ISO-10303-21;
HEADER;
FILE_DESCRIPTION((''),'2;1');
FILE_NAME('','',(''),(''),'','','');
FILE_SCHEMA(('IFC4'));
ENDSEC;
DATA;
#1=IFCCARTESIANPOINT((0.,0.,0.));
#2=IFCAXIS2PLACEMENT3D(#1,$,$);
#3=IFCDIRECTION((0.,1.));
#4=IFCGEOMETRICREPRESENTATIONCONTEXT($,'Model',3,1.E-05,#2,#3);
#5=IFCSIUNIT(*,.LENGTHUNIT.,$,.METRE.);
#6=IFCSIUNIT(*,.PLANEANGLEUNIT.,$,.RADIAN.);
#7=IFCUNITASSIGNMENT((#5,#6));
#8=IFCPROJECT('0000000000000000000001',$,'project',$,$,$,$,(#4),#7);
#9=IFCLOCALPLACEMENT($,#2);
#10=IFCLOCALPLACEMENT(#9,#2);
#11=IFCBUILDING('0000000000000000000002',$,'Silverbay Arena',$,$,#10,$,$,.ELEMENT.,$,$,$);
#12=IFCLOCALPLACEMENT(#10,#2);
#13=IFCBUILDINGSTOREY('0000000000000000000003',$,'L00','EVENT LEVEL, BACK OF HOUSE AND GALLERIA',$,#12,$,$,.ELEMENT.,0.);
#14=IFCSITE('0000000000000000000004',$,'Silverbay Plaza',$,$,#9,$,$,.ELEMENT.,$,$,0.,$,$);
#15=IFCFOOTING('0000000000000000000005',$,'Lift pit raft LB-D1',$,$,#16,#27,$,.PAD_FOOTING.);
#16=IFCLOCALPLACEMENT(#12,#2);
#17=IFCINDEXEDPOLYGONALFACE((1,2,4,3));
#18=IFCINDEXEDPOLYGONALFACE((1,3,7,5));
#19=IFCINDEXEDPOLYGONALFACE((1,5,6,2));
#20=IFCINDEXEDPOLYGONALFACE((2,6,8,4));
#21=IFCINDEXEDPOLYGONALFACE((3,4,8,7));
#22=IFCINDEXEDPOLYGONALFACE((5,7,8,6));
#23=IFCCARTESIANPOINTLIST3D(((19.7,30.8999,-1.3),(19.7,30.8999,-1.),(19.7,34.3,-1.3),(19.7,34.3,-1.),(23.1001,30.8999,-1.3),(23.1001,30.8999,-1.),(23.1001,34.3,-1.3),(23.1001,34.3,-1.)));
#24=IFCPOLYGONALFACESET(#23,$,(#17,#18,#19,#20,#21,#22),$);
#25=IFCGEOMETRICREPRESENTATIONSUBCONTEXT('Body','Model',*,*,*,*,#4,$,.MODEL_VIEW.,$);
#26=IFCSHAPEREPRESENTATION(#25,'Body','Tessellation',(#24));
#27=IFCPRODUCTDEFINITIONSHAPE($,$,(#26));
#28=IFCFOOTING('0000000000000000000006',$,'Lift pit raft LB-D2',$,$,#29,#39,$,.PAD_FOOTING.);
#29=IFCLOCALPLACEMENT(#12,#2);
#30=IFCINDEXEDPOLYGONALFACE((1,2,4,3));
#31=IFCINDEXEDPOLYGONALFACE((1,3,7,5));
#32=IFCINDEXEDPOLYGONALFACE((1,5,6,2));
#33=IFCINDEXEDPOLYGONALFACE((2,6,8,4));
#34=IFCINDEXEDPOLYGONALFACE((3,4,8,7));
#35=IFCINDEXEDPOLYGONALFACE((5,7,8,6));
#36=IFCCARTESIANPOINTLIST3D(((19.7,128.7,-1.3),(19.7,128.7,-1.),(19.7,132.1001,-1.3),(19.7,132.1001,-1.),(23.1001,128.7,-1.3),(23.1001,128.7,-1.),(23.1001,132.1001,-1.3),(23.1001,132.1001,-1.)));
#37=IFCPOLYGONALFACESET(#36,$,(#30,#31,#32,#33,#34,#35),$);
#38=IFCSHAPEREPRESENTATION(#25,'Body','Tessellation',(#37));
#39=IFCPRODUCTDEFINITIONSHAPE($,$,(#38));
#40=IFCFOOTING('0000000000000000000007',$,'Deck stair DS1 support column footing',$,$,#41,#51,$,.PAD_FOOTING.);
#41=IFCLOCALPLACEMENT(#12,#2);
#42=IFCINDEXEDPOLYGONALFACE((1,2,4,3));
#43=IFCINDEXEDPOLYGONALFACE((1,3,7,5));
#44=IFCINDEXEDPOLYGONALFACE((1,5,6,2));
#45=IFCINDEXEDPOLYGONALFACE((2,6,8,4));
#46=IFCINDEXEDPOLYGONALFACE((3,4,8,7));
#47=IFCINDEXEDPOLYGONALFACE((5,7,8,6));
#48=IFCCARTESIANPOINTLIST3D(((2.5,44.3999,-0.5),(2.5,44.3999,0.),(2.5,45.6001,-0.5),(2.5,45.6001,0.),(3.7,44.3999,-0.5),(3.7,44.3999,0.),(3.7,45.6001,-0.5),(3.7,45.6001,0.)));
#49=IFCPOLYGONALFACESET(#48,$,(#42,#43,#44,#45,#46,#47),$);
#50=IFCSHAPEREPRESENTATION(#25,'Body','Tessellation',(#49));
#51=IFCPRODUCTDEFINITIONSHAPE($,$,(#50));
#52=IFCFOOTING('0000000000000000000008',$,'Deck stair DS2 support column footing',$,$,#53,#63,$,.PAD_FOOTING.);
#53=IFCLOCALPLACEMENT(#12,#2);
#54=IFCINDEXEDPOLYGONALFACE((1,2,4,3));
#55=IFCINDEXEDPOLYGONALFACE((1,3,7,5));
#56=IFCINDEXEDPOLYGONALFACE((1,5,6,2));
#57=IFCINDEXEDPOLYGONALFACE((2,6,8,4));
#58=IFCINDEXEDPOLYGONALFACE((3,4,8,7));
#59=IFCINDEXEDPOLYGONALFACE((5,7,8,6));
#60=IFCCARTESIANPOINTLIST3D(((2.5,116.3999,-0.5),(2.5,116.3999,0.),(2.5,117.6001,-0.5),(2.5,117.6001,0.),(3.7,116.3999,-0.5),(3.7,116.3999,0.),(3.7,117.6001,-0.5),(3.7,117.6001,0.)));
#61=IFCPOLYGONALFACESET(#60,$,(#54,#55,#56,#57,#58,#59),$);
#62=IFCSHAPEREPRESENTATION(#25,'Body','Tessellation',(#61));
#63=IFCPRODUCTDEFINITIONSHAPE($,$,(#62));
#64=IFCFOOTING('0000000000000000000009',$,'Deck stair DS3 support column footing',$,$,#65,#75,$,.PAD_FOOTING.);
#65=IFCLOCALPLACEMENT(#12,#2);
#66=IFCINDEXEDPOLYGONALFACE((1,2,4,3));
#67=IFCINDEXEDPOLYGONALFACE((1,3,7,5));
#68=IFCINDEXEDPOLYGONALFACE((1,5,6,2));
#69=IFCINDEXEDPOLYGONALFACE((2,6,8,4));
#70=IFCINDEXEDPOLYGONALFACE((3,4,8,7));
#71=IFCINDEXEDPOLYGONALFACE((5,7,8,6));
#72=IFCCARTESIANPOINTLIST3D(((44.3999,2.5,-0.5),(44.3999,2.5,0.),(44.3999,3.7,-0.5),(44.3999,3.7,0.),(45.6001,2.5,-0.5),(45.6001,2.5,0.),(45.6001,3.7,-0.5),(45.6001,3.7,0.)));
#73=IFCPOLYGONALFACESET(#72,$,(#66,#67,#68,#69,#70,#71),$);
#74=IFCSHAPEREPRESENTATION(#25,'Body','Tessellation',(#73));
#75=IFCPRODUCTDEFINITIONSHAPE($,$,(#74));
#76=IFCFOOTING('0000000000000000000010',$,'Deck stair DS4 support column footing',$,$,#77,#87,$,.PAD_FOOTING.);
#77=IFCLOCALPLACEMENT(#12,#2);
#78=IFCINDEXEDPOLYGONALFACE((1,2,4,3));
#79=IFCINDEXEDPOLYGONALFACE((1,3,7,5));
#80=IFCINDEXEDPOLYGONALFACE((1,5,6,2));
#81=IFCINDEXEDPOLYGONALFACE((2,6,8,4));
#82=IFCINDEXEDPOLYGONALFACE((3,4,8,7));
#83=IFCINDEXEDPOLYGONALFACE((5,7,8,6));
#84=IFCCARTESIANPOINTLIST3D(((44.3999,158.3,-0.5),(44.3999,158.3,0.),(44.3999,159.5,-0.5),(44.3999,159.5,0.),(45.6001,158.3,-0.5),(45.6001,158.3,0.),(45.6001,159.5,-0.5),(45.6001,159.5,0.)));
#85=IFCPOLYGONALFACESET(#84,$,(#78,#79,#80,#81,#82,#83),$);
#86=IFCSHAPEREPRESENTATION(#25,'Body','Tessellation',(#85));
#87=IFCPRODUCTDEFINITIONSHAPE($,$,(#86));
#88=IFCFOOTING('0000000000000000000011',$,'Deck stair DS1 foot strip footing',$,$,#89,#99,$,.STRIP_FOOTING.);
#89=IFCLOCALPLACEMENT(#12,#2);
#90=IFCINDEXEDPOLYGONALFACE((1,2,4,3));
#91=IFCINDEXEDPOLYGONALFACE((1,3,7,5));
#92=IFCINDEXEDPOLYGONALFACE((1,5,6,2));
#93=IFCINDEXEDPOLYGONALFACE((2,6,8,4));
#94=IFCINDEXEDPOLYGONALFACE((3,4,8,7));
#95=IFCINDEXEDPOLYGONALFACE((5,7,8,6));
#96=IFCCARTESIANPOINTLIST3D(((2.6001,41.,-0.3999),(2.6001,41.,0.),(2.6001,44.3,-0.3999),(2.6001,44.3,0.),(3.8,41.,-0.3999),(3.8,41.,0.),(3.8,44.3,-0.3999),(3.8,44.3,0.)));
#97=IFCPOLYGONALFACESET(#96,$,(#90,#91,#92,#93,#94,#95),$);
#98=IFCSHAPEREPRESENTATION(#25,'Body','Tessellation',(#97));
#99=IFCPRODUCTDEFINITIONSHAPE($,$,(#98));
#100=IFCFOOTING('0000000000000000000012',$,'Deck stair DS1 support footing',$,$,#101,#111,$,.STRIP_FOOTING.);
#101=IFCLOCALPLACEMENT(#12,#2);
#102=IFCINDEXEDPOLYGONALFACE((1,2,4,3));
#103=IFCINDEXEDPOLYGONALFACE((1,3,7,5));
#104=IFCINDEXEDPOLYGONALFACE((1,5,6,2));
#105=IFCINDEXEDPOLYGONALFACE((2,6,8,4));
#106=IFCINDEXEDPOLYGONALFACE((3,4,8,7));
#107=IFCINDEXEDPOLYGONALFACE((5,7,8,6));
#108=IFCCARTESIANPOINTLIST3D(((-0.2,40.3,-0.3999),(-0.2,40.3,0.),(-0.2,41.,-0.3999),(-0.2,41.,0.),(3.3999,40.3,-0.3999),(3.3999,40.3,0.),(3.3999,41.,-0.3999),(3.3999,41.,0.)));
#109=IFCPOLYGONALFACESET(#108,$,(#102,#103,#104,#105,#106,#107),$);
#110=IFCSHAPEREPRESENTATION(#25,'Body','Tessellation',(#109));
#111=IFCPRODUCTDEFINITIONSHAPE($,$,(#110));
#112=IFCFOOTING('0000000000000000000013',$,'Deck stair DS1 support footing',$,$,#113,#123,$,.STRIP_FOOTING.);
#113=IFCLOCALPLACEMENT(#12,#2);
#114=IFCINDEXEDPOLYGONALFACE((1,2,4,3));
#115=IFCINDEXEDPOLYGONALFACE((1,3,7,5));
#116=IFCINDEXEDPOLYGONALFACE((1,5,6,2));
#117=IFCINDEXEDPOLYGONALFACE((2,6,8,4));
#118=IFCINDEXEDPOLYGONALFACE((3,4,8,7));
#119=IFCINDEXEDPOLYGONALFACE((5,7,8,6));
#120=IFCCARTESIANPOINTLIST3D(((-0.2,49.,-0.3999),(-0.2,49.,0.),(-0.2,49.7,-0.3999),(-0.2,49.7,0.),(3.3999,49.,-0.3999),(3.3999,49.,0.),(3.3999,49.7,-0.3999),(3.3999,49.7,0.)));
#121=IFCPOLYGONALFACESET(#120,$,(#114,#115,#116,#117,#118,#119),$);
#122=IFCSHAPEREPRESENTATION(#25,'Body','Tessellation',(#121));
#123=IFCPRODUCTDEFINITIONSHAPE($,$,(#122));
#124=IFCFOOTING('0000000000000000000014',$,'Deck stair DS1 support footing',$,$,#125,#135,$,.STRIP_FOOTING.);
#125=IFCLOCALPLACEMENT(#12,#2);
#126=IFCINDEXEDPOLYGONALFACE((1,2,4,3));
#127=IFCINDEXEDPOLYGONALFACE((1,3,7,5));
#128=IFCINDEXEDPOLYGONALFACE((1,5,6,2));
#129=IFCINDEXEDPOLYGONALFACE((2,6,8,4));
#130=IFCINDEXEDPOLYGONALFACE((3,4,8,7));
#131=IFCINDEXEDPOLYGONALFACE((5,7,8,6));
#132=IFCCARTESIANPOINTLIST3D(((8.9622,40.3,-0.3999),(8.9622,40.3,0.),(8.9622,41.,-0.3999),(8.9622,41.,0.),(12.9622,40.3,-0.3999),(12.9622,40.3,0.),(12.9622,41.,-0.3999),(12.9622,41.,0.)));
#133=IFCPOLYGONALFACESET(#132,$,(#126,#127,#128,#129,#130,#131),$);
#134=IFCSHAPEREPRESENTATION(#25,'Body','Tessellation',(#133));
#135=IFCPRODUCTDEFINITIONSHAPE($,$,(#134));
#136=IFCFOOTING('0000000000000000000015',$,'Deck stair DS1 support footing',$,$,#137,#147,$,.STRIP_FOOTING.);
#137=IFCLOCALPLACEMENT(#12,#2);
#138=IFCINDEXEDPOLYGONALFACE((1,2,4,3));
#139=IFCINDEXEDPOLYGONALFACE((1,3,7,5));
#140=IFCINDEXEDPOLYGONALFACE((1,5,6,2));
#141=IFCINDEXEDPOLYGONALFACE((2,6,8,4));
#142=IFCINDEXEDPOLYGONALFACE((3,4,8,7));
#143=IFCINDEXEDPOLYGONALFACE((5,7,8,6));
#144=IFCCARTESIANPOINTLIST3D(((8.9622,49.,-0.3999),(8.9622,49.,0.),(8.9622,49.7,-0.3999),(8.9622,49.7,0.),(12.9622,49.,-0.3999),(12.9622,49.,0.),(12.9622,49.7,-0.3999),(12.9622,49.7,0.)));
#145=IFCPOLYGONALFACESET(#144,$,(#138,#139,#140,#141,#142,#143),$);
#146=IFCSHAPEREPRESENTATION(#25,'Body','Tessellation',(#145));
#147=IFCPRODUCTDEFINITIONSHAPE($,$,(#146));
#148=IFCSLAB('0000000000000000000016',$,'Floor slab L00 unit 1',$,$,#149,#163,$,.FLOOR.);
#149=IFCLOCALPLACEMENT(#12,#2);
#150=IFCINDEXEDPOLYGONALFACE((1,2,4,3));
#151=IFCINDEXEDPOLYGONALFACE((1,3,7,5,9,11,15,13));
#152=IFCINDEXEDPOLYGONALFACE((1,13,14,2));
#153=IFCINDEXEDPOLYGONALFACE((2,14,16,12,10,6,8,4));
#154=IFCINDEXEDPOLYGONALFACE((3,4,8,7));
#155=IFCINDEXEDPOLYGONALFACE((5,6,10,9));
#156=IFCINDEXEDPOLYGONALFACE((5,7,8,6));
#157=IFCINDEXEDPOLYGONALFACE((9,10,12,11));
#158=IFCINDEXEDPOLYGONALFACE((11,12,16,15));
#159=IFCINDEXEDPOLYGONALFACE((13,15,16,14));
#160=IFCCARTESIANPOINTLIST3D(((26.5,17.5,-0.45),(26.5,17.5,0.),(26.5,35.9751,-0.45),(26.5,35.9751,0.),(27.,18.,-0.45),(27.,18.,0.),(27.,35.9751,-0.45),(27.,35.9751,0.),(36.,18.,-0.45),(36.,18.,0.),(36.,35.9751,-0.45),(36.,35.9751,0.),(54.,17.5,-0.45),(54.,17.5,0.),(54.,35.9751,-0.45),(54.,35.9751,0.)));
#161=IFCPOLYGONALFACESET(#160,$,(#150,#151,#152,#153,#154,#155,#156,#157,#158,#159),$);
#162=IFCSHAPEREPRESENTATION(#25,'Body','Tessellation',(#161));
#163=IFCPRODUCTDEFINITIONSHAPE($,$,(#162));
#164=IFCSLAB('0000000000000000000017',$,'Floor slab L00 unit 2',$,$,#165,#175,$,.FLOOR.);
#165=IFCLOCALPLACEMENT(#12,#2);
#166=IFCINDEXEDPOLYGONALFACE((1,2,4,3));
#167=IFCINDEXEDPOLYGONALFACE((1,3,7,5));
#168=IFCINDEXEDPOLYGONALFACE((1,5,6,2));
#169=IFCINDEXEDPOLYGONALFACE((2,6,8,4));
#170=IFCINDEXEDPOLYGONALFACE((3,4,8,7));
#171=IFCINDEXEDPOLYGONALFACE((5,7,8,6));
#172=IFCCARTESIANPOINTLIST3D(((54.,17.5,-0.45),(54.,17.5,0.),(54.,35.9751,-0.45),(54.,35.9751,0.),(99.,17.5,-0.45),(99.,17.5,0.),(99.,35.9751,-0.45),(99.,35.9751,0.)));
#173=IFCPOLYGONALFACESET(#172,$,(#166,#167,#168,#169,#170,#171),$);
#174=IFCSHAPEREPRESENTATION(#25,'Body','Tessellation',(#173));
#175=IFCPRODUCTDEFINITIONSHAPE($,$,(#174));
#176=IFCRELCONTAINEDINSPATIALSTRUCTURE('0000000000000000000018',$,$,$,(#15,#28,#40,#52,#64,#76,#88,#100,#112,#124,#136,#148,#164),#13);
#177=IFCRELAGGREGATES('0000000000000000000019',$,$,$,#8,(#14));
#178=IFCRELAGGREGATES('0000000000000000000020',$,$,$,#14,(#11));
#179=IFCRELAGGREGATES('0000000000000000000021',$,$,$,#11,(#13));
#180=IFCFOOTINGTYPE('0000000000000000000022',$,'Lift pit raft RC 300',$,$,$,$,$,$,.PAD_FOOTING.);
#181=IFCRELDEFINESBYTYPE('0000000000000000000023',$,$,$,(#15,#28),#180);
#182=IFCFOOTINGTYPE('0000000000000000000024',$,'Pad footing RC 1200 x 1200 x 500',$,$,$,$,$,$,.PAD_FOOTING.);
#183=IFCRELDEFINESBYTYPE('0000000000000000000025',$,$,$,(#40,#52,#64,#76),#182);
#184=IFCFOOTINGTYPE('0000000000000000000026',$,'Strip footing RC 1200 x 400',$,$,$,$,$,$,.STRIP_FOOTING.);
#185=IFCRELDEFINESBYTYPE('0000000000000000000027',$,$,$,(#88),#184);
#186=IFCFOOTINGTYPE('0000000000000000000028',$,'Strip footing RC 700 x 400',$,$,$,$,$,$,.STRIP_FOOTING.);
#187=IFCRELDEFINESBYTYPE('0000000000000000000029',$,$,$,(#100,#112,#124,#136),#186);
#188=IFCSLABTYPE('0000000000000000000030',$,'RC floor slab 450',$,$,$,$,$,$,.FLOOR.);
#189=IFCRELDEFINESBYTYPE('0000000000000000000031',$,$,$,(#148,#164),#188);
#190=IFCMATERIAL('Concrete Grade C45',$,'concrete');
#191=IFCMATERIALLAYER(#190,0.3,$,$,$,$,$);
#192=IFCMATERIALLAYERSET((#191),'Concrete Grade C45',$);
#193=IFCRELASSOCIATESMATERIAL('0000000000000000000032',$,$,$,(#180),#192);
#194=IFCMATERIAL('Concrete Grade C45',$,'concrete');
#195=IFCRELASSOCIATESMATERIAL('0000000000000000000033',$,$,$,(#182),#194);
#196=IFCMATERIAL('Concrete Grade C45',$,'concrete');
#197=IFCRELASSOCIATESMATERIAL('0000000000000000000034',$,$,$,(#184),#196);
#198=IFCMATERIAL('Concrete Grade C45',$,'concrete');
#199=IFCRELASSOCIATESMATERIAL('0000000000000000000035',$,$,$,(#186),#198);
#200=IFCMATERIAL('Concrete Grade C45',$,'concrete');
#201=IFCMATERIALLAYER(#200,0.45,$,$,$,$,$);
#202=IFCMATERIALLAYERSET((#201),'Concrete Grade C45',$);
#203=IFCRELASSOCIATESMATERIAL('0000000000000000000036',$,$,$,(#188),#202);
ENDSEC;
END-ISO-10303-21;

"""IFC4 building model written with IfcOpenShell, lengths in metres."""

from ifc_helpers import new_model, si_unit, direction, frame, origin, place, context, subcontext, project, spatial, polyline, outline, extrude, material, layer, layer_set, type_object, element, save


model = new_model("IFC4")

# Units and contexts
model_context = context("Model", 3, precision=1e-05, world=origin(), true_north=direction((0.0, 1.0)))
body_context = subcontext(model_context, "Body", "Model", "MODEL_VIEW")
ifc_project = project(units=[si_unit("LENGTHUNIT", "METRE"), si_unit("PLANEANGLEUNIT", "RADIAN")], contexts=[model_context])

# Site, building, storey
site_placement = place(None, origin())
site = spatial("IfcSite", under=ifc_project, at=site_placement, Name="Silverbay Plaza", CompositionType="ELEMENT", RefElevation=0.0)
building_placement = place(site_placement, origin())
building = spatial("IfcBuilding", under=site, at=building_placement, Name="Silverbay Arena", CompositionType="ELEMENT")
storey_placement = place(building_placement, origin())
storey = spatial("IfcBuildingStorey", under=building, at=storey_placement, Name="L00", Description="EVENT LEVEL, BACK OF HOUSE AND GALLERIA", CompositionType="ELEMENT", Elevation=0.0)

# Footings
ifc_material_1 = material(Name="Concrete Grade C45", Category="concrete")
ifc_layer_1 = layer(ifc_material_1, 0.3)
ifc_layer_set_1 = layer_set([ifc_layer_1], Name="Concrete Grade C45")
footing_type_1 = type_object("IfcFootingType", Name="Lift pit raft RC 300", PredefinedType="PAD_FOOTING", material=ifc_layer_set_1)
footing_1_placement = place(storey_placement, frame((0.0, 0.0, -1.3)))
element("IfcFooting", 1, at=footing_1_placement, inside=storey, type_object=footing_type_1, Name="Lift pit raft LB-D1", PredefinedType="PAD_FOOTING", context=body_context, shape_type="SweptSolid", body=[
    extrude(outline(polyline([(19.7, 30.8999), (23.1001, 30.8999), (23.1001, 34.3), (19.7, 34.3), (19.7, 30.8999)])), origin(), (0.0, 0.0, 1.0), 0.3),
])
footing_2_placement = place(storey_placement, frame((0.0, 0.0, -1.3)))
element("IfcFooting", 2, at=footing_2_placement, inside=storey, type_object=footing_type_1, Name="Lift pit raft LB-D2", PredefinedType="PAD_FOOTING", context=body_context, shape_type="SweptSolid", body=[
    extrude(outline(polyline([(19.7, 128.7), (23.1001, 128.7), (23.1001, 132.1001), (19.7, 132.1001), (19.7, 128.7)])), origin(), (0.0, 0.0, 1.0), 0.3),
])
ifc_material_2 = material(Name="Concrete Grade C45", Category="concrete")
footing_type_2 = type_object("IfcFootingType", Name="Pad footing RC 1200 x 1200 x 500", PredefinedType="PAD_FOOTING", material=ifc_material_2)
footing_3_placement = place(storey_placement, frame((0.0, 0.0, -0.5)))
element("IfcFooting", 3, at=footing_3_placement, inside=storey, type_object=footing_type_2, Name="Deck stair DS1 support column footing", PredefinedType="PAD_FOOTING", context=body_context, shape_type="SweptSolid", body=[
    extrude(outline(polyline([(2.5, 44.3999), (3.7, 44.3999), (3.7, 45.6001), (2.5, 45.6001), (2.5, 44.3999)])), origin(), (0.0, 0.0, 1.0), 0.5),
])
footing_4_placement = place(storey_placement, frame((0.0, 0.0, -0.5)))
element("IfcFooting", 4, at=footing_4_placement, inside=storey, type_object=footing_type_2, Name="Deck stair DS2 support column footing", PredefinedType="PAD_FOOTING", context=body_context, shape_type="SweptSolid", body=[
    extrude(outline(polyline([(2.5, 116.3999), (3.7, 116.3999), (3.7, 117.6001), (2.5, 117.6001), (2.5, 116.3999)])), origin(), (0.0, 0.0, 1.0), 0.5),
])
footing_5_placement = place(storey_placement, frame((0.0, 0.0, -0.5)))
element("IfcFooting", 5, at=footing_5_placement, inside=storey, type_object=footing_type_2, Name="Deck stair DS3 support column footing", PredefinedType="PAD_FOOTING", context=body_context, shape_type="SweptSolid", body=[
    extrude(outline(polyline([(44.3999, 2.5), (44.3999, 3.7), (45.6001, 3.7), (45.6001, 2.5), (44.3999, 2.5)])), origin(), (0.0, 0.0, 1.0), 0.5),
])
footing_6_placement = place(storey_placement, frame((0.0, 0.0, -0.5)))
element("IfcFooting", 6, at=footing_6_placement, inside=storey, type_object=footing_type_2, Name="Deck stair DS4 support column footing", PredefinedType="PAD_FOOTING", context=body_context, shape_type="SweptSolid", body=[
    extrude(outline(polyline([(44.3999, 159.5), (44.3999, 158.3), (45.6001, 158.3), (45.6001, 159.5), (44.3999, 159.5)])), origin(), (0.0, 0.0, 1.0), 0.5),
])
ifc_material_3 = material(Name="Concrete Grade C45", Category="concrete")
footing_type_3 = type_object("IfcFootingType", Name="Strip footing RC 1200 x 400", PredefinedType="STRIP_FOOTING", material=ifc_material_3)
footing_7_placement = place(storey_placement, frame((0.0, 0.0, -0.3999)))
element("IfcFooting", 7, at=footing_7_placement, inside=storey, type_object=footing_type_3, Name="Deck stair DS1 foot strip footing", PredefinedType="STRIP_FOOTING", context=body_context, shape_type="SweptSolid", body=[
    extrude(outline(polyline([(2.6001, 41.0), (3.8, 41.0), (3.8, 44.3), (2.6001, 44.3), (2.6001, 41.0)])), origin(), (0.0, 0.0, 1.0), 0.3999),
])
ifc_material_4 = material(Name="Concrete Grade C45", Category="concrete")
footing_type_4 = type_object("IfcFootingType", Name="Strip footing RC 700 x 400", PredefinedType="STRIP_FOOTING", material=ifc_material_4)
footing_8_placement = place(storey_placement, frame((0.0, 0.0, -0.3999)))
element("IfcFooting", 8, at=footing_8_placement, inside=storey, type_object=footing_type_4, Name="Deck stair DS1 support footing", PredefinedType="STRIP_FOOTING", context=body_context, shape_type="SweptSolid", body=[
    extrude(outline(polyline([(-0.2, 40.3), (3.3999, 40.3), (3.3999, 41.0), (-0.2, 41.0), (-0.2, 40.3)])), origin(), (0.0, 0.0, 1.0), 0.3999),
])
footing_9_placement = place(storey_placement, frame((0.0, 0.0, -0.3999)))
element("IfcFooting", 9, at=footing_9_placement, inside=storey, type_object=footing_type_4, Name="Deck stair DS1 support footing", PredefinedType="STRIP_FOOTING", context=body_context, shape_type="SweptSolid", body=[
    extrude(outline(polyline([(-0.2, 49.0), (3.3999, 49.0), (3.3999, 49.7), (-0.2, 49.7), (-0.2, 49.0)])), origin(), (0.0, 0.0, 1.0), 0.3999),
])
footing_10_placement = place(storey_placement, frame((0.0, 0.0, -0.3999)))
element("IfcFooting", 10, at=footing_10_placement, inside=storey, type_object=footing_type_4, Name="Deck stair DS1 support footing", PredefinedType="STRIP_FOOTING", context=body_context, shape_type="SweptSolid", body=[
    extrude(outline(polyline([(8.9622, 40.3), (12.9622, 40.3), (12.9622, 41.0), (8.9622, 41.0), (8.9622, 40.3)])), origin(), (0.0, 0.0, 1.0), 0.3999),
])
footing_11_placement = place(storey_placement, frame((0.0, 0.0, -0.3999)))
element("IfcFooting", 11, at=footing_11_placement, inside=storey, type_object=footing_type_4, Name="Deck stair DS1 support footing", PredefinedType="STRIP_FOOTING", context=body_context, shape_type="SweptSolid", body=[
    extrude(outline(polyline([(8.9622, 49.0), (12.9622, 49.0), (12.9622, 49.7), (8.9622, 49.7), (8.9622, 49.0)])), origin(), (0.0, 0.0, 1.0), 0.3999),
])

# Slabs
ifc_material_5 = material(Name="Concrete Grade C45", Category="concrete")
ifc_layer_2 = layer(ifc_material_5, 0.45)
ifc_layer_set_2 = layer_set([ifc_layer_2], Name="Concrete Grade C45")
slab_type_1 = type_object("IfcSlabType", Name="RC floor slab 450", PredefinedType="FLOOR", material=ifc_layer_set_2)
slab_1_placement = place(storey_placement, frame((0.0, 0.0, -0.45)))
element("IfcSlab", 12, at=slab_1_placement, inside=storey, type_object=slab_type_1, Name="Floor slab L00 unit 1", PredefinedType="FLOOR", context=body_context, shape_type="SweptSolid", body=[
    extrude(outline(polyline([(26.5, 35.9751), (27.0, 35.9751), (27.0, 18.0), (36.0, 18.0), (36.0, 35.9751), (54.0, 35.9751), (54.0, 17.5), (26.5, 17.5), (26.5, 35.9751)])), origin(), (0.0, 0.0, 1.0), 0.45),
])
slab_2_placement = place(storey_placement, frame((0.0, 0.0, -0.45)))
element("IfcSlab", 13, at=slab_2_placement, inside=storey, type_object=slab_type_1, Name="Floor slab L00 unit 2", PredefinedType="FLOOR", context=body_context, shape_type="SweptSolid", body=[
    extrude(outline(polyline([(54.0, 17.5), (54.0, 35.9751), (99.0, 35.9751), (99.0, 17.5), (54.0, 17.5)])), origin(), (0.0, 0.0, 1.0), 0.45),
])

save(model, "model.ifc")
